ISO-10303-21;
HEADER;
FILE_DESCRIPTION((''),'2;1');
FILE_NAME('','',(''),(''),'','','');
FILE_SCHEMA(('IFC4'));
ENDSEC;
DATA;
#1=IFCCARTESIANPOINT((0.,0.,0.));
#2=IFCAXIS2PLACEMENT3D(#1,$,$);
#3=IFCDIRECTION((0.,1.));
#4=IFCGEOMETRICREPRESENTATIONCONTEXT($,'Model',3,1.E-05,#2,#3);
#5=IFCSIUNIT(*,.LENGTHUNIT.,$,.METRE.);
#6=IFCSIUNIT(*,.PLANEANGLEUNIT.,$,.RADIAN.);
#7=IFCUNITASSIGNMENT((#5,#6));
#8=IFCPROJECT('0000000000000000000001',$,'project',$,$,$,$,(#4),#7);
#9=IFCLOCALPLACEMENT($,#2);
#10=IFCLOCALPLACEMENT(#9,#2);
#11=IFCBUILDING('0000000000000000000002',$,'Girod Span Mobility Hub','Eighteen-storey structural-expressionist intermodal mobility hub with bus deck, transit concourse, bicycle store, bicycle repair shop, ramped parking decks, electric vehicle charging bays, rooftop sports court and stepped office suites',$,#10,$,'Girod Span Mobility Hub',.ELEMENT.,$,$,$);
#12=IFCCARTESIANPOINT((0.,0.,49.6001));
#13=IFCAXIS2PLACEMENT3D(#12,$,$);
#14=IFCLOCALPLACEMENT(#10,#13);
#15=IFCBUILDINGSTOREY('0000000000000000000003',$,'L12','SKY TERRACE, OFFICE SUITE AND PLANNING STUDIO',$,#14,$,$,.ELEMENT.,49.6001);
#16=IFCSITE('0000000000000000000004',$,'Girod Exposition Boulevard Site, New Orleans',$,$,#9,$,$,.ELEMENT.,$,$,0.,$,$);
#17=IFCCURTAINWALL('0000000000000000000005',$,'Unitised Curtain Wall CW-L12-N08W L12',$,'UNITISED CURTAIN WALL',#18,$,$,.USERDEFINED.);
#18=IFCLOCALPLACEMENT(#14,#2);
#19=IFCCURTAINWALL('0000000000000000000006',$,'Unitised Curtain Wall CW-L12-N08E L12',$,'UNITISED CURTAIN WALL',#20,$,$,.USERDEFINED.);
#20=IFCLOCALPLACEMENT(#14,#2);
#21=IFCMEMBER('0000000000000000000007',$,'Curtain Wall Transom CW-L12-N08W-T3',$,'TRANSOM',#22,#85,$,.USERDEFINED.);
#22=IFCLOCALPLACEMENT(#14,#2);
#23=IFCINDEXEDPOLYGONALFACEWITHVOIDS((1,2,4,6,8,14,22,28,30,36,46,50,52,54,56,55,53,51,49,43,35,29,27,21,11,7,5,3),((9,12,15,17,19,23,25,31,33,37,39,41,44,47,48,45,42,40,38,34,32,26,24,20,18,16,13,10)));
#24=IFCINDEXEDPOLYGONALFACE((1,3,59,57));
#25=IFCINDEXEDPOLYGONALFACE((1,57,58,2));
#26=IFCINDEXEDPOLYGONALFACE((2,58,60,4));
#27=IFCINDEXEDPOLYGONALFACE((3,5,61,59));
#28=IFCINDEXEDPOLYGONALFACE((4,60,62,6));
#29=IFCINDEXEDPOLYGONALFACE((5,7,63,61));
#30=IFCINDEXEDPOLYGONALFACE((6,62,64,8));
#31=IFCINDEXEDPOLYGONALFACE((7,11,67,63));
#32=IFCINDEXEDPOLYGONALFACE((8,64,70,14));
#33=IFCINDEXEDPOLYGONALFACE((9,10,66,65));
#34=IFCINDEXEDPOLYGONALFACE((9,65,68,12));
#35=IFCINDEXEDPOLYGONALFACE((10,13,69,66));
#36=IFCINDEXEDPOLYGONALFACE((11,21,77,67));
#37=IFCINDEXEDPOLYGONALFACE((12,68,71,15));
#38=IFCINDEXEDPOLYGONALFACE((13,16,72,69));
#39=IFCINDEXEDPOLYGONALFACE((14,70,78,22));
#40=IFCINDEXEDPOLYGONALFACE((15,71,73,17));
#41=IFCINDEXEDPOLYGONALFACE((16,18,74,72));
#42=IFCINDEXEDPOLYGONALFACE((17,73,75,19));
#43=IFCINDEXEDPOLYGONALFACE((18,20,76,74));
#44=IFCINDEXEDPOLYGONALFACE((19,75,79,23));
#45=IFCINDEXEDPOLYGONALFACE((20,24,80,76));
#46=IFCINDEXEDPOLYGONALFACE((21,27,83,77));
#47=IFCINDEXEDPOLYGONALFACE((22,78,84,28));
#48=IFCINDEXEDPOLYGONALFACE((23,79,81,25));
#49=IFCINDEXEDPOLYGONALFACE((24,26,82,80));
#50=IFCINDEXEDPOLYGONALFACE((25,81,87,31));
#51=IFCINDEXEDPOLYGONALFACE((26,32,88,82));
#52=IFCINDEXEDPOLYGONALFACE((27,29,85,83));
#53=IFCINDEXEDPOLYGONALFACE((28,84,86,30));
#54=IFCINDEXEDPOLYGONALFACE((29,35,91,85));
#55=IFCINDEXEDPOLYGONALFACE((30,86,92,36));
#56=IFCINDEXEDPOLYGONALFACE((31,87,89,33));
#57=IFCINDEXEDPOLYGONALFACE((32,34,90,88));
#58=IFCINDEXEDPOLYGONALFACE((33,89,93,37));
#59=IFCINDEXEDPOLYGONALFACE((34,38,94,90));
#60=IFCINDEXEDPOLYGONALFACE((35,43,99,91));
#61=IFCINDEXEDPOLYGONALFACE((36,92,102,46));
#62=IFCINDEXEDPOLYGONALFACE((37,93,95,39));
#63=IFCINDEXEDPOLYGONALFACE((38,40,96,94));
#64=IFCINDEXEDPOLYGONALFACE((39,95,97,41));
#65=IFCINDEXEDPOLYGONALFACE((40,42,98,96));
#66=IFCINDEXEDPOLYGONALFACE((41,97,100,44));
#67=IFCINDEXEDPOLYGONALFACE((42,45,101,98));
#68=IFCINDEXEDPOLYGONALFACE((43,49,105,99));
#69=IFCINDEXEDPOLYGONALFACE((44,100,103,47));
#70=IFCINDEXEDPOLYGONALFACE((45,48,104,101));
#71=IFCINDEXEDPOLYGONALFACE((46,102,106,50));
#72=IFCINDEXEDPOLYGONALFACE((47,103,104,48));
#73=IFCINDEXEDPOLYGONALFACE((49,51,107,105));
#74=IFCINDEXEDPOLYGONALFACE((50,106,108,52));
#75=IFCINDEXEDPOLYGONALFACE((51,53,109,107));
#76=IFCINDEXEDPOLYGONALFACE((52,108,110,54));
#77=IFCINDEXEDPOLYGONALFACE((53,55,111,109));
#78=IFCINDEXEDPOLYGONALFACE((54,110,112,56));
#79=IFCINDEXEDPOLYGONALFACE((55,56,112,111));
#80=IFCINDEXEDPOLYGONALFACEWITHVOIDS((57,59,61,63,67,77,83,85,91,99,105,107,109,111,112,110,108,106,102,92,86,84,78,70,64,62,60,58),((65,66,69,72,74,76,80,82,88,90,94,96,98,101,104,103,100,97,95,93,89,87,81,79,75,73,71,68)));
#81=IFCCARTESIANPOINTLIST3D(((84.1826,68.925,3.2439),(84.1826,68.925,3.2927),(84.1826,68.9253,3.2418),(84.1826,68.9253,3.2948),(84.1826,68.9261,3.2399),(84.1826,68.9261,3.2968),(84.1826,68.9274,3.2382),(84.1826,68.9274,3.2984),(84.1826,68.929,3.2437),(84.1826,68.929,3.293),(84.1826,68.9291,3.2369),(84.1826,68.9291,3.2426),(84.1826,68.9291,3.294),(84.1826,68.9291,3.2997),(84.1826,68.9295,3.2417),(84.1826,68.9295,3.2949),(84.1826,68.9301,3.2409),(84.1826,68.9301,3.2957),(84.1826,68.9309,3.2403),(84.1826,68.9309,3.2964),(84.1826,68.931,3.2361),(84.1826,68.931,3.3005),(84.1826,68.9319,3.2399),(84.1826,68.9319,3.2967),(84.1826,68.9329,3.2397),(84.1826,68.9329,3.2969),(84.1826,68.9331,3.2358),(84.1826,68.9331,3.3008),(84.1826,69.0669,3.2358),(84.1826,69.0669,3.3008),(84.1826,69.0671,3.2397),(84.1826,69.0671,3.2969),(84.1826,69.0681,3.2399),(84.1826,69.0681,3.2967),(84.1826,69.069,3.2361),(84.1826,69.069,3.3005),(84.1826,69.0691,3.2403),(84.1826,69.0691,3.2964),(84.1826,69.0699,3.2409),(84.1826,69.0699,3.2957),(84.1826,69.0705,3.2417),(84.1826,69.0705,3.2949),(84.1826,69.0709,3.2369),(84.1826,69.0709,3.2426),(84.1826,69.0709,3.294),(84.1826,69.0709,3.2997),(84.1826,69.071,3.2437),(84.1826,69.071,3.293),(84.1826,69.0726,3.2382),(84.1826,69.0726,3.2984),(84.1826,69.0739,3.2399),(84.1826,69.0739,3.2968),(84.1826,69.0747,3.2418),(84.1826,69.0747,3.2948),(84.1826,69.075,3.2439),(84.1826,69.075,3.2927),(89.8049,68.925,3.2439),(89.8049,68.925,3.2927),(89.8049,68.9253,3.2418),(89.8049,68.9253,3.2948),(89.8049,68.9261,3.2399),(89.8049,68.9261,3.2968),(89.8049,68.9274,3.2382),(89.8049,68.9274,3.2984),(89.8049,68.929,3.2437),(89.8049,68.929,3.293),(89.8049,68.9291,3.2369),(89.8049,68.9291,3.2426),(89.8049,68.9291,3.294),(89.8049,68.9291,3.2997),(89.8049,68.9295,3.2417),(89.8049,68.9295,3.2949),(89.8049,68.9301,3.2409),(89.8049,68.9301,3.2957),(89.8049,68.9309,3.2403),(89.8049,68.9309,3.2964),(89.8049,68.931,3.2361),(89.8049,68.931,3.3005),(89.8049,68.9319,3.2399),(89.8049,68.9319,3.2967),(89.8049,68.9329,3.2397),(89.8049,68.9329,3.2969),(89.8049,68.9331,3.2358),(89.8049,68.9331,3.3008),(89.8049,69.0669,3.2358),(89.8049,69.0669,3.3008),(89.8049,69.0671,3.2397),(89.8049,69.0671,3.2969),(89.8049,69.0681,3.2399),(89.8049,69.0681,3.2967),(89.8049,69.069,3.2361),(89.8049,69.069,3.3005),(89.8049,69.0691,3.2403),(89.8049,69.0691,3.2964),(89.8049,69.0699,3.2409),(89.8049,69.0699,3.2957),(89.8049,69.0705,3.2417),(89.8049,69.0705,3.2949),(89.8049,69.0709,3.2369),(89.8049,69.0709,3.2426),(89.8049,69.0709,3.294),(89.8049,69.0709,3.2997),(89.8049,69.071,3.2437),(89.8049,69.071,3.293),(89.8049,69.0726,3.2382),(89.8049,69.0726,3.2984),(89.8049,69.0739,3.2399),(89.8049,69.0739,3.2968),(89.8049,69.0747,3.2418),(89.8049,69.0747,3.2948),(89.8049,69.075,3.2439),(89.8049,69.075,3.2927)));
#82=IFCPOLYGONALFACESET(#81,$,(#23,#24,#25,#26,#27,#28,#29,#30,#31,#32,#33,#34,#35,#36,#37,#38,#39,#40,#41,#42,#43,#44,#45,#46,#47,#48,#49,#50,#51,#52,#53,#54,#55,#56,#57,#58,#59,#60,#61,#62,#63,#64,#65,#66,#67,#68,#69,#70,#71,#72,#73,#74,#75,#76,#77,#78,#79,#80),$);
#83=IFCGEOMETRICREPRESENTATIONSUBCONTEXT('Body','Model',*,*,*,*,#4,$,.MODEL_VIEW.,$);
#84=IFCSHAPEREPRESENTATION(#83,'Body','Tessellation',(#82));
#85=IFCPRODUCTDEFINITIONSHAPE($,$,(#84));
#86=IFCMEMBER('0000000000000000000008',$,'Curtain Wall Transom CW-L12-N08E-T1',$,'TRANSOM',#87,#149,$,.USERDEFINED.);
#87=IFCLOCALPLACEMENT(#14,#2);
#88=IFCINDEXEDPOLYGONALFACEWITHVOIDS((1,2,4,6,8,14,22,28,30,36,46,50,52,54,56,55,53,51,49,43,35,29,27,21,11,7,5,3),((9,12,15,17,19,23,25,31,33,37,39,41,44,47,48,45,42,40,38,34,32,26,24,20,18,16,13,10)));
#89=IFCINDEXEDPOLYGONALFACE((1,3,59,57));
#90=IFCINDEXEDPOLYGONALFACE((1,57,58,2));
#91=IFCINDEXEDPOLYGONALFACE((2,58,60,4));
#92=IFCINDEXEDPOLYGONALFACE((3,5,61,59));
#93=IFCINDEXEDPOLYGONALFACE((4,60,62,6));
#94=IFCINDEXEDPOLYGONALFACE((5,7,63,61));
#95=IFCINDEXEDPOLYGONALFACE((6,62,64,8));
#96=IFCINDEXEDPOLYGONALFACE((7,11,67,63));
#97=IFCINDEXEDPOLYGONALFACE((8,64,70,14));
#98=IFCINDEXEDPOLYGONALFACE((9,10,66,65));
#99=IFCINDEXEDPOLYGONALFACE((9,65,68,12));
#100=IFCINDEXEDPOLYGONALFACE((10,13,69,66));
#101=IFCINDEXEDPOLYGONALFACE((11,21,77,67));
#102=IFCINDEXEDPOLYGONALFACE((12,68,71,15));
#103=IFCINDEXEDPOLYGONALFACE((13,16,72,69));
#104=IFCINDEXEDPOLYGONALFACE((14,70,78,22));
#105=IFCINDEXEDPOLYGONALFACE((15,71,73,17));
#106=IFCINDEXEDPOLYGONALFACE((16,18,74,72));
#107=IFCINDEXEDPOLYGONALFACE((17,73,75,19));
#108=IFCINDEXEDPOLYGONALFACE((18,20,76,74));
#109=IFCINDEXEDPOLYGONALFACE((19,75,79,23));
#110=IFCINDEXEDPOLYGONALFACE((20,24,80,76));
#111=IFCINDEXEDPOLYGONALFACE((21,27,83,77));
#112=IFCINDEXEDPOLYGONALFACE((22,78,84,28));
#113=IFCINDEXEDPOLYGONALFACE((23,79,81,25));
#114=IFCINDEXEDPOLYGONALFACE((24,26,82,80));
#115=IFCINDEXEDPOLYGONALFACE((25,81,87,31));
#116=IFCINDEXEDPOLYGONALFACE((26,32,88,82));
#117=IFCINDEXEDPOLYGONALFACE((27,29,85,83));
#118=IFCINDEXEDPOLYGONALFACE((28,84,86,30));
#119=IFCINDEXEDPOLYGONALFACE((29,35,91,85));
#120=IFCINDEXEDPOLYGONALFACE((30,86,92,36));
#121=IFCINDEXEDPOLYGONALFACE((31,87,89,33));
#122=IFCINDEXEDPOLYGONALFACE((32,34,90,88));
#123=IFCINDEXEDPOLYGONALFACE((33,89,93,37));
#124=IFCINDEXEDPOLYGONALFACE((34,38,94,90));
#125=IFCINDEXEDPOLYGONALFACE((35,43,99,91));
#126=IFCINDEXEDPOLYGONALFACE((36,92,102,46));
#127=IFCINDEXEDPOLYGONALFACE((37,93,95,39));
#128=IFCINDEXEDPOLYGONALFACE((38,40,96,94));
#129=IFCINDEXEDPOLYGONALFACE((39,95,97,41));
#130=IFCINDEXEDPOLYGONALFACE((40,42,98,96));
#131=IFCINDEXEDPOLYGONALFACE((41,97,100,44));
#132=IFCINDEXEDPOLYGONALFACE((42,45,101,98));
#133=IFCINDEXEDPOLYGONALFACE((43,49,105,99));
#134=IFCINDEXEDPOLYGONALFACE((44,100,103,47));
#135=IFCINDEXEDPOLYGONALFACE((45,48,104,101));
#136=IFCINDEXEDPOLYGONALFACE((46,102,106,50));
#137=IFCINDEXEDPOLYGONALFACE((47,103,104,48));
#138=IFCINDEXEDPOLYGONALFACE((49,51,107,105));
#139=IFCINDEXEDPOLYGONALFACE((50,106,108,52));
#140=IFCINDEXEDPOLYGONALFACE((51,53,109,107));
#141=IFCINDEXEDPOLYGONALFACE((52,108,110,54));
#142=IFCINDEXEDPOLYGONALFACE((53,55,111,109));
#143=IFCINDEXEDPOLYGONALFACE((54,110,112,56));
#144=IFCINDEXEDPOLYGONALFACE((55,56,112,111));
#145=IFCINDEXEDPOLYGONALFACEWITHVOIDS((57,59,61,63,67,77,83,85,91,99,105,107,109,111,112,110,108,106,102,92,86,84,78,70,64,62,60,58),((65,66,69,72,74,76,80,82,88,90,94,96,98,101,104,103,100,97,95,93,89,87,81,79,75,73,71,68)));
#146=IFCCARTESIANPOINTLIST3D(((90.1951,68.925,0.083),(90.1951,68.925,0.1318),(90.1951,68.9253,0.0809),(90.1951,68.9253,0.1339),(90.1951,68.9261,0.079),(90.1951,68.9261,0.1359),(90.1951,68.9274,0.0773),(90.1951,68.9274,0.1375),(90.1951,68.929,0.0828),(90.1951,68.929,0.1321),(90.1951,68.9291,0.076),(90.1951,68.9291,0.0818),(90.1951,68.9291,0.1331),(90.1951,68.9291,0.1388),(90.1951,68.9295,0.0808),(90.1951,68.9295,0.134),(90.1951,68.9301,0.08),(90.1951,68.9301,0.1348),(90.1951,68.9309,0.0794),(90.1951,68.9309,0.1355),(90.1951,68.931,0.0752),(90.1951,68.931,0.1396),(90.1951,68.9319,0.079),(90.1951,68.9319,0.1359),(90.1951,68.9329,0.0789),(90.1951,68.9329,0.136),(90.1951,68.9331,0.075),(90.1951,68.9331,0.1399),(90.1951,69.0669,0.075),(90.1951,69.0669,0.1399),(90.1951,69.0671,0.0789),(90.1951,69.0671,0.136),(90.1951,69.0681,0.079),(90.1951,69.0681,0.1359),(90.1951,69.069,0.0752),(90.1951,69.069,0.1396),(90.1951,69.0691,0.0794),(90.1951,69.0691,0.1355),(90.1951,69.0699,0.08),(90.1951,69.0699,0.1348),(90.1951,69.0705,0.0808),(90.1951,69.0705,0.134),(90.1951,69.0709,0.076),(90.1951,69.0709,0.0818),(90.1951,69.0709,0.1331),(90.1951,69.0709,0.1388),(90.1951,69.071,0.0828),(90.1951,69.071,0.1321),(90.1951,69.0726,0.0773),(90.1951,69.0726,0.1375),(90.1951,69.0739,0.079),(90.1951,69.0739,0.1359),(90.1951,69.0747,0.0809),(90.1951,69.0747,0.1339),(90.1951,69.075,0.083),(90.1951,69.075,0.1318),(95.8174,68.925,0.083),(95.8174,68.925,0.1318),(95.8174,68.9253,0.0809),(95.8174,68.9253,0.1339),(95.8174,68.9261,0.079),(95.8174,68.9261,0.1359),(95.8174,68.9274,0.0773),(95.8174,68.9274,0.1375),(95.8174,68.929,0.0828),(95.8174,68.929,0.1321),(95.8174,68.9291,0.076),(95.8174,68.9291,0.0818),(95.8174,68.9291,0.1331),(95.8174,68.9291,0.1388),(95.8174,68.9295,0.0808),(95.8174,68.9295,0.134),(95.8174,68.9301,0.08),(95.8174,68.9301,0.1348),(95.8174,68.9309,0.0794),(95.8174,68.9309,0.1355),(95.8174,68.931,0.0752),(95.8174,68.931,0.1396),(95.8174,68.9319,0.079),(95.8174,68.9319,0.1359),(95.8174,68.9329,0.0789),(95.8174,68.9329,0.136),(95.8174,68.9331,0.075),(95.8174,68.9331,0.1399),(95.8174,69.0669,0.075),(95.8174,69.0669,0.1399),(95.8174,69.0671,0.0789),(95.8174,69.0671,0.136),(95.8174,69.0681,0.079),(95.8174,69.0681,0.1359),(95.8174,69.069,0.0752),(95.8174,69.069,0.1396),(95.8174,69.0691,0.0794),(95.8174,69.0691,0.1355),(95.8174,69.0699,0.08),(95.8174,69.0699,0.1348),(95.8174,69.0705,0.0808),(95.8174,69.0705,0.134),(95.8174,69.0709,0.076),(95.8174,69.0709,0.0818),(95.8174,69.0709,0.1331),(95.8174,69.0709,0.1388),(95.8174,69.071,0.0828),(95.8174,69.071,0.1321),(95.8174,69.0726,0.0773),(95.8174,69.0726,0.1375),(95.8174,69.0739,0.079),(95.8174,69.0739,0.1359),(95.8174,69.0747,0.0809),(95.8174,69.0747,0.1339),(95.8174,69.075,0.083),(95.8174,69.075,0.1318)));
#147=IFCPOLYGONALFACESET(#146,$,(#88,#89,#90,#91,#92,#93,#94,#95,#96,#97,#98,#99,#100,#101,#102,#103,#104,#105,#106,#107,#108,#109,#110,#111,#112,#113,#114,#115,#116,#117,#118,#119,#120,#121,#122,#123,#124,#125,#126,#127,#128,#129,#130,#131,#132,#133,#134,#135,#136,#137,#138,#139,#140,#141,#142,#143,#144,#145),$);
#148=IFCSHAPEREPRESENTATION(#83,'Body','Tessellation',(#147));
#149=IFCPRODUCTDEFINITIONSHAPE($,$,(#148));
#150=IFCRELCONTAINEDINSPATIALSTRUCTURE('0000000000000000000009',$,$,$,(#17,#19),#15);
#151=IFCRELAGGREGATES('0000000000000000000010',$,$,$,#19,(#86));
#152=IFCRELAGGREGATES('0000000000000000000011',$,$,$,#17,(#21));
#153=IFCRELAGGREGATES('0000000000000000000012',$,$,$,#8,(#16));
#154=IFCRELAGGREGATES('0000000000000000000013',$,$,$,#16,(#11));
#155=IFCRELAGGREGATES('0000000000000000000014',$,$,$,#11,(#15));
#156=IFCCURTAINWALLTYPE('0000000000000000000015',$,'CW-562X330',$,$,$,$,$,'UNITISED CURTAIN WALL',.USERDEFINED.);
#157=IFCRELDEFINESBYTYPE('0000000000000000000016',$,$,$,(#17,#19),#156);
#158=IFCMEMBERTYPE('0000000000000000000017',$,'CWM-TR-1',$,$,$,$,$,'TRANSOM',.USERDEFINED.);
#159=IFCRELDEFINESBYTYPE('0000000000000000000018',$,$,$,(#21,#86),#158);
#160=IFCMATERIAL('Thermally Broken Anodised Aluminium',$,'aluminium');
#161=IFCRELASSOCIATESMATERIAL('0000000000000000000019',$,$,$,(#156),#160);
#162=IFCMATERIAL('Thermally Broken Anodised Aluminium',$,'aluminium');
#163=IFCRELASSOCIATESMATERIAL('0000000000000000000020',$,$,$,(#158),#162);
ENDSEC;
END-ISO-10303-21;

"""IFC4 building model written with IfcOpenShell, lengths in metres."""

from ifc_helpers import new_model, si_unit, direction, frame, origin, origin_2d, place, context, subcontext, project, spatial, hollow_rectangle, extrude, material, material_profile, profile_set, type_object, element, aggregate, save


model = new_model("IFC4")

# Units and contexts
model_context = context("Model", 3, precision=1e-05, world=origin(), true_north=direction((0.0, 1.0)))
body_context = subcontext(model_context, "Body", "Model", "MODEL_VIEW")
ifc_project = project(units=[si_unit("LENGTHUNIT", "METRE"), si_unit("PLANEANGLEUNIT", "RADIAN")], contexts=[model_context])

# Site, building, storey
site_placement = place(None, origin())
site = spatial("IfcSite", under=ifc_project, at=site_placement, Name="Girod Exposition Boulevard Site, New Orleans", CompositionType="ELEMENT", RefElevation=0.0)
building_placement = place(site_placement, origin())
building = spatial("IfcBuilding", under=site, at=building_placement, Name="Girod Span Mobility Hub", Description="Eighteen-storey structural-expressionist intermodal mobility hub with bus deck, transit concourse, bicycle store, bicycle repair shop, ramped parking decks, electric vehicle charging bays, rooftop sports court and stepped office suites", LongName="Girod Span Mobility Hub", CompositionType="ELEMENT")
storey_placement = place(building_placement, frame((0.0, 0.0, 49.6001)))
storey = spatial("IfcBuildingStorey", under=building, at=storey_placement, Name="L12", Description="SKY TERRACE, OFFICE SUITE AND PLANNING STUDIO", CompositionType="ELEMENT", Elevation=49.6001)

# Curtain wall
ifc_material_1 = material(Name="Thermally Broken Anodised Aluminium", Category="aluminium")
curtain_wall_type = type_object("IfcCurtainWallType", Name="CW-562X330", ElementType="UNITISED CURTAIN WALL", PredefinedType="USERDEFINED", material=ifc_material_1)
curtain_wall_1_placement = place(storey_placement, origin())
curtain_wall_1 = element("IfcCurtainWall", 1, at=curtain_wall_1_placement, inside=storey, type_object=curtain_wall_type, Name="Unitised Curtain Wall CW-L12-N08W L12", ObjectType="UNITISED CURTAIN WALL", PredefinedType="USERDEFINED")

# Curtain wall
curtain_wall_2_placement = place(storey_placement, origin())
curtain_wall_2 = element("IfcCurtainWall", 2, at=curtain_wall_2_placement, inside=storey, type_object=curtain_wall_type, Name="Unitised Curtain Wall CW-L12-N08E L12", ObjectType="UNITISED CURTAIN WALL", PredefinedType="USERDEFINED")

# Members
ifc_material_2 = material(Name="Thermally Broken Anodised Aluminium", Category="aluminium")
ifc_material_profile_1 = material_profile(ifc_material_2, hollow_rectangle(XDim=0.1499, YDim=0.0649, WallThickness=0.0039, InnerFilletRadius=0.0039, OuterFilletRadius=0.0081, at=origin_2d()), Name="CW-TR-65X150")
ifc_profile_set_1 = profile_set([ifc_material_profile_1], Name="Thermally Broken Anodised Aluminium")
member_type_1 = type_object("IfcMemberType", Name="CWM-TR-1", ElementType="TRANSOM", PredefinedType="USERDEFINED", material=ifc_profile_set_1)
member_1_placement = place(storey_placement, frame((84.1826, 69.0, 3.2683), z_axis=(1.0, 0.0, 0.0), x_axis=(0.0, 1.0, 0.0)))
member_1 = element("IfcMember", 3, at=member_1_placement, type_object=member_type_1, Name="Curtain Wall Transom CW-L12-N08W-T3", ObjectType="TRANSOM", PredefinedType="USERDEFINED", context=body_context, shape_type="SweptSolid", body=[
    extrude(hollow_rectangle(XDim=0.1499, YDim=0.0649, WallThickness=0.0039, InnerFilletRadius=0.0039, OuterFilletRadius=0.0081, at=origin_2d()), origin(), (0.0, 0.0, 1.0), 5.6223),
])
member_2_placement = place(storey_placement, frame((90.1951, 69.0, 0.1074), z_axis=(1.0, 0.0, 0.0), x_axis=(0.0, 1.0, 0.0)))
member_2 = element("IfcMember", 4, at=member_2_placement, type_object=member_type_1, Name="Curtain Wall Transom CW-L12-N08E-T1", ObjectType="TRANSOM", PredefinedType="USERDEFINED", context=body_context, shape_type="SweptSolid", body=[
    extrude(hollow_rectangle(XDim=0.1499, YDim=0.0649, WallThickness=0.0039, InnerFilletRadius=0.0039, OuterFilletRadius=0.0081, at=origin_2d()), origin(), (0.0, 0.0, 1.0), 5.6223),
])
aggregate(curtain_wall_2, [member_2])

aggregate(curtain_wall_1, [member_1])

save(model, "model.ifc")
